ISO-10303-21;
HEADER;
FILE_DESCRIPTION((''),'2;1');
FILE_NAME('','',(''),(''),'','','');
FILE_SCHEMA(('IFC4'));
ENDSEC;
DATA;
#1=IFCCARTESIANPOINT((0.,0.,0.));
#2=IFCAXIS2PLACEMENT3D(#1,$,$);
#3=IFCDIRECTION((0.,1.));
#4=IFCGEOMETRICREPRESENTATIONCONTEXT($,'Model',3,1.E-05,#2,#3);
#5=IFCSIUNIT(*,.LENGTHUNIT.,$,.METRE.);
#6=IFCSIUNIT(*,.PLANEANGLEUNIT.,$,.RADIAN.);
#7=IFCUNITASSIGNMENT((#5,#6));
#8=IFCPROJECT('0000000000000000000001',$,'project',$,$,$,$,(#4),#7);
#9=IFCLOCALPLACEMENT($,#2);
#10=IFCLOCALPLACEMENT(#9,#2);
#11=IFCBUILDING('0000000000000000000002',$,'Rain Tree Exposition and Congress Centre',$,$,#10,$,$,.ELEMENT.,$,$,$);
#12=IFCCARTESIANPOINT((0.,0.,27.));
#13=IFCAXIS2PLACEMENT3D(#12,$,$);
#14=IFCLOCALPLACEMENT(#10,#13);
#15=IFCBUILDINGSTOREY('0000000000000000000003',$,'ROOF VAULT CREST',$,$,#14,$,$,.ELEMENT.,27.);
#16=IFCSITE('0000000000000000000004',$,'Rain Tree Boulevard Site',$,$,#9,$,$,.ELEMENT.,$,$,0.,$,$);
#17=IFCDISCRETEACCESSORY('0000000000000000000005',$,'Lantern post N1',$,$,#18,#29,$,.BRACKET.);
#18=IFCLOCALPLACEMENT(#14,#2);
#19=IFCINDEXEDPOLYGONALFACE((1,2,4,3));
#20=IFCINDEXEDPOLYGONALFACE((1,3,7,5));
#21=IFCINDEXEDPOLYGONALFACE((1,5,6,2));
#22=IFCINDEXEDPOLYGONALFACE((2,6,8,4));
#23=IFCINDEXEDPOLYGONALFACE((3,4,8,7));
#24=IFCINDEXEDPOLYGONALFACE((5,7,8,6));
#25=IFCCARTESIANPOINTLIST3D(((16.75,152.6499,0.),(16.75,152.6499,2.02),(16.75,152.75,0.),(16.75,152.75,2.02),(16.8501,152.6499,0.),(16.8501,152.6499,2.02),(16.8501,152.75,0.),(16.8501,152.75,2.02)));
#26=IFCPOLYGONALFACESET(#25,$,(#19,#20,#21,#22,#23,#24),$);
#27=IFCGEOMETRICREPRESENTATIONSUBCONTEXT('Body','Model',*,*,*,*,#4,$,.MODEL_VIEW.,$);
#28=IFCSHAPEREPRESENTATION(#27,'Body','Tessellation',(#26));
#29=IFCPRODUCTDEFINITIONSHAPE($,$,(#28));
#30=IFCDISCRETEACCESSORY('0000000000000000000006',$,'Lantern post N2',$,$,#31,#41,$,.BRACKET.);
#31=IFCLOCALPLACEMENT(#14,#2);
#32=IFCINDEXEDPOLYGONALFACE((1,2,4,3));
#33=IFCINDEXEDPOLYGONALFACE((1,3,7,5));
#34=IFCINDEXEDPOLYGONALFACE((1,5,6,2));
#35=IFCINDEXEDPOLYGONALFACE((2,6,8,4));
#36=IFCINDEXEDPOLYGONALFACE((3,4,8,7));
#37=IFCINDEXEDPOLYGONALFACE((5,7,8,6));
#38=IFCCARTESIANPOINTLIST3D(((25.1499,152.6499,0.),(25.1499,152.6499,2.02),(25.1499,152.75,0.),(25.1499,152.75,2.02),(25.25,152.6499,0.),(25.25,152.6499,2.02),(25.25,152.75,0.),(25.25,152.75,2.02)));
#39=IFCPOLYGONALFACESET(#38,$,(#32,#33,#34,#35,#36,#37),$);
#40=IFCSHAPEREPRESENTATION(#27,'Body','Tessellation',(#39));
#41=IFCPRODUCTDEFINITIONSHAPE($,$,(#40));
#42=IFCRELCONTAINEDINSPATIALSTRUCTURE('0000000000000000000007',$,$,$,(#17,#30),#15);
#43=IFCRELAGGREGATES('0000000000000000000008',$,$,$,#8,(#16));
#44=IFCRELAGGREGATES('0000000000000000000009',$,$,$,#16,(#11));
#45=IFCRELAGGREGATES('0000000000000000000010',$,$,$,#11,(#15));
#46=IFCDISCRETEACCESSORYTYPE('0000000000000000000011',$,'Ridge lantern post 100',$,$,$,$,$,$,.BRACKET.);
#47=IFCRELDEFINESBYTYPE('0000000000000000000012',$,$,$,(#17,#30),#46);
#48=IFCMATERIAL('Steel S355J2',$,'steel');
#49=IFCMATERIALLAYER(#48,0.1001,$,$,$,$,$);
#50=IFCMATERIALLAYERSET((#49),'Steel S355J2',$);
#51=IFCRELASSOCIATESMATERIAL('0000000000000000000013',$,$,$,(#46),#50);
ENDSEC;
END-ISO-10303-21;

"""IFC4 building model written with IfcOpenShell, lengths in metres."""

from ifc_helpers import new_model, si_unit, direction, frame, origin, origin_2d, place, context, subcontext, project, spatial, rectangle, extrude, material, layer, layer_set, type_object, element, save


model = new_model("IFC4")

# Units and contexts
model_context = context("Model", 3, precision=1e-05, world=origin(), true_north=direction((0.0, 1.0)))
body_context = subcontext(model_context, "Body", "Model", "MODEL_VIEW")
ifc_project = project(units=[si_unit("LENGTHUNIT", "METRE"), si_unit("PLANEANGLEUNIT", "RADIAN")], contexts=[model_context])

# Site, building, storey
site_placement = place(None, origin())
site = spatial("IfcSite", under=ifc_project, at=site_placement, Name="Rain Tree Boulevard Site", CompositionType="ELEMENT", RefElevation=0.0)
building_placement = place(site_placement, origin())
building = spatial("IfcBuilding", under=site, at=building_placement, Name="Rain Tree Exposition and Congress Centre", CompositionType="ELEMENT")
storey_placement = place(building_placement, frame((0.0, 0.0, 27.0)))
storey = spatial("IfcBuildingStorey", under=building, at=storey_placement, Name="ROOF VAULT CREST", CompositionType="ELEMENT", Elevation=27.0)

# Discrete accessories
ifc_material_1 = material(Name="Steel S355J2", Category="steel")
ifc_layer_1 = layer(ifc_material_1, 0.1001)
ifc_layer_set_1 = layer_set([ifc_layer_1], Name="Steel S355J2")
discrete_accessory_type = type_object("IfcDiscreteAccessoryType", Name="Ridge lantern post 100", PredefinedType="BRACKET", material=ifc_layer_set_1)
for number, where, z_axis, x_axis, name in (
    (1, (16.8, 152.7, 0.0), (0.0, 0.0, 1.0), (1.0, 0.0, 0.0), "Lantern post N1"),
    (2, (25.2, 152.7, 0.0), (0.0, 0.0, 1.0), (1.0, 0.0, 0.0), "Lantern post N2"),
):
    element("IfcDiscreteAccessory", number, at=place(storey_placement, frame(where, z_axis=z_axis, x_axis=x_axis)), inside=storey, type_object=discrete_accessory_type, Name=name, PredefinedType="BRACKET", context=body_context, shape_type="SweptSolid", body=[
        extrude(rectangle(XDim=0.1001, YDim=0.1001, at=origin_2d()), origin(), (0.0, 0.0, 1.0), 2.02),
    ])

save(model, "model.ifc")
